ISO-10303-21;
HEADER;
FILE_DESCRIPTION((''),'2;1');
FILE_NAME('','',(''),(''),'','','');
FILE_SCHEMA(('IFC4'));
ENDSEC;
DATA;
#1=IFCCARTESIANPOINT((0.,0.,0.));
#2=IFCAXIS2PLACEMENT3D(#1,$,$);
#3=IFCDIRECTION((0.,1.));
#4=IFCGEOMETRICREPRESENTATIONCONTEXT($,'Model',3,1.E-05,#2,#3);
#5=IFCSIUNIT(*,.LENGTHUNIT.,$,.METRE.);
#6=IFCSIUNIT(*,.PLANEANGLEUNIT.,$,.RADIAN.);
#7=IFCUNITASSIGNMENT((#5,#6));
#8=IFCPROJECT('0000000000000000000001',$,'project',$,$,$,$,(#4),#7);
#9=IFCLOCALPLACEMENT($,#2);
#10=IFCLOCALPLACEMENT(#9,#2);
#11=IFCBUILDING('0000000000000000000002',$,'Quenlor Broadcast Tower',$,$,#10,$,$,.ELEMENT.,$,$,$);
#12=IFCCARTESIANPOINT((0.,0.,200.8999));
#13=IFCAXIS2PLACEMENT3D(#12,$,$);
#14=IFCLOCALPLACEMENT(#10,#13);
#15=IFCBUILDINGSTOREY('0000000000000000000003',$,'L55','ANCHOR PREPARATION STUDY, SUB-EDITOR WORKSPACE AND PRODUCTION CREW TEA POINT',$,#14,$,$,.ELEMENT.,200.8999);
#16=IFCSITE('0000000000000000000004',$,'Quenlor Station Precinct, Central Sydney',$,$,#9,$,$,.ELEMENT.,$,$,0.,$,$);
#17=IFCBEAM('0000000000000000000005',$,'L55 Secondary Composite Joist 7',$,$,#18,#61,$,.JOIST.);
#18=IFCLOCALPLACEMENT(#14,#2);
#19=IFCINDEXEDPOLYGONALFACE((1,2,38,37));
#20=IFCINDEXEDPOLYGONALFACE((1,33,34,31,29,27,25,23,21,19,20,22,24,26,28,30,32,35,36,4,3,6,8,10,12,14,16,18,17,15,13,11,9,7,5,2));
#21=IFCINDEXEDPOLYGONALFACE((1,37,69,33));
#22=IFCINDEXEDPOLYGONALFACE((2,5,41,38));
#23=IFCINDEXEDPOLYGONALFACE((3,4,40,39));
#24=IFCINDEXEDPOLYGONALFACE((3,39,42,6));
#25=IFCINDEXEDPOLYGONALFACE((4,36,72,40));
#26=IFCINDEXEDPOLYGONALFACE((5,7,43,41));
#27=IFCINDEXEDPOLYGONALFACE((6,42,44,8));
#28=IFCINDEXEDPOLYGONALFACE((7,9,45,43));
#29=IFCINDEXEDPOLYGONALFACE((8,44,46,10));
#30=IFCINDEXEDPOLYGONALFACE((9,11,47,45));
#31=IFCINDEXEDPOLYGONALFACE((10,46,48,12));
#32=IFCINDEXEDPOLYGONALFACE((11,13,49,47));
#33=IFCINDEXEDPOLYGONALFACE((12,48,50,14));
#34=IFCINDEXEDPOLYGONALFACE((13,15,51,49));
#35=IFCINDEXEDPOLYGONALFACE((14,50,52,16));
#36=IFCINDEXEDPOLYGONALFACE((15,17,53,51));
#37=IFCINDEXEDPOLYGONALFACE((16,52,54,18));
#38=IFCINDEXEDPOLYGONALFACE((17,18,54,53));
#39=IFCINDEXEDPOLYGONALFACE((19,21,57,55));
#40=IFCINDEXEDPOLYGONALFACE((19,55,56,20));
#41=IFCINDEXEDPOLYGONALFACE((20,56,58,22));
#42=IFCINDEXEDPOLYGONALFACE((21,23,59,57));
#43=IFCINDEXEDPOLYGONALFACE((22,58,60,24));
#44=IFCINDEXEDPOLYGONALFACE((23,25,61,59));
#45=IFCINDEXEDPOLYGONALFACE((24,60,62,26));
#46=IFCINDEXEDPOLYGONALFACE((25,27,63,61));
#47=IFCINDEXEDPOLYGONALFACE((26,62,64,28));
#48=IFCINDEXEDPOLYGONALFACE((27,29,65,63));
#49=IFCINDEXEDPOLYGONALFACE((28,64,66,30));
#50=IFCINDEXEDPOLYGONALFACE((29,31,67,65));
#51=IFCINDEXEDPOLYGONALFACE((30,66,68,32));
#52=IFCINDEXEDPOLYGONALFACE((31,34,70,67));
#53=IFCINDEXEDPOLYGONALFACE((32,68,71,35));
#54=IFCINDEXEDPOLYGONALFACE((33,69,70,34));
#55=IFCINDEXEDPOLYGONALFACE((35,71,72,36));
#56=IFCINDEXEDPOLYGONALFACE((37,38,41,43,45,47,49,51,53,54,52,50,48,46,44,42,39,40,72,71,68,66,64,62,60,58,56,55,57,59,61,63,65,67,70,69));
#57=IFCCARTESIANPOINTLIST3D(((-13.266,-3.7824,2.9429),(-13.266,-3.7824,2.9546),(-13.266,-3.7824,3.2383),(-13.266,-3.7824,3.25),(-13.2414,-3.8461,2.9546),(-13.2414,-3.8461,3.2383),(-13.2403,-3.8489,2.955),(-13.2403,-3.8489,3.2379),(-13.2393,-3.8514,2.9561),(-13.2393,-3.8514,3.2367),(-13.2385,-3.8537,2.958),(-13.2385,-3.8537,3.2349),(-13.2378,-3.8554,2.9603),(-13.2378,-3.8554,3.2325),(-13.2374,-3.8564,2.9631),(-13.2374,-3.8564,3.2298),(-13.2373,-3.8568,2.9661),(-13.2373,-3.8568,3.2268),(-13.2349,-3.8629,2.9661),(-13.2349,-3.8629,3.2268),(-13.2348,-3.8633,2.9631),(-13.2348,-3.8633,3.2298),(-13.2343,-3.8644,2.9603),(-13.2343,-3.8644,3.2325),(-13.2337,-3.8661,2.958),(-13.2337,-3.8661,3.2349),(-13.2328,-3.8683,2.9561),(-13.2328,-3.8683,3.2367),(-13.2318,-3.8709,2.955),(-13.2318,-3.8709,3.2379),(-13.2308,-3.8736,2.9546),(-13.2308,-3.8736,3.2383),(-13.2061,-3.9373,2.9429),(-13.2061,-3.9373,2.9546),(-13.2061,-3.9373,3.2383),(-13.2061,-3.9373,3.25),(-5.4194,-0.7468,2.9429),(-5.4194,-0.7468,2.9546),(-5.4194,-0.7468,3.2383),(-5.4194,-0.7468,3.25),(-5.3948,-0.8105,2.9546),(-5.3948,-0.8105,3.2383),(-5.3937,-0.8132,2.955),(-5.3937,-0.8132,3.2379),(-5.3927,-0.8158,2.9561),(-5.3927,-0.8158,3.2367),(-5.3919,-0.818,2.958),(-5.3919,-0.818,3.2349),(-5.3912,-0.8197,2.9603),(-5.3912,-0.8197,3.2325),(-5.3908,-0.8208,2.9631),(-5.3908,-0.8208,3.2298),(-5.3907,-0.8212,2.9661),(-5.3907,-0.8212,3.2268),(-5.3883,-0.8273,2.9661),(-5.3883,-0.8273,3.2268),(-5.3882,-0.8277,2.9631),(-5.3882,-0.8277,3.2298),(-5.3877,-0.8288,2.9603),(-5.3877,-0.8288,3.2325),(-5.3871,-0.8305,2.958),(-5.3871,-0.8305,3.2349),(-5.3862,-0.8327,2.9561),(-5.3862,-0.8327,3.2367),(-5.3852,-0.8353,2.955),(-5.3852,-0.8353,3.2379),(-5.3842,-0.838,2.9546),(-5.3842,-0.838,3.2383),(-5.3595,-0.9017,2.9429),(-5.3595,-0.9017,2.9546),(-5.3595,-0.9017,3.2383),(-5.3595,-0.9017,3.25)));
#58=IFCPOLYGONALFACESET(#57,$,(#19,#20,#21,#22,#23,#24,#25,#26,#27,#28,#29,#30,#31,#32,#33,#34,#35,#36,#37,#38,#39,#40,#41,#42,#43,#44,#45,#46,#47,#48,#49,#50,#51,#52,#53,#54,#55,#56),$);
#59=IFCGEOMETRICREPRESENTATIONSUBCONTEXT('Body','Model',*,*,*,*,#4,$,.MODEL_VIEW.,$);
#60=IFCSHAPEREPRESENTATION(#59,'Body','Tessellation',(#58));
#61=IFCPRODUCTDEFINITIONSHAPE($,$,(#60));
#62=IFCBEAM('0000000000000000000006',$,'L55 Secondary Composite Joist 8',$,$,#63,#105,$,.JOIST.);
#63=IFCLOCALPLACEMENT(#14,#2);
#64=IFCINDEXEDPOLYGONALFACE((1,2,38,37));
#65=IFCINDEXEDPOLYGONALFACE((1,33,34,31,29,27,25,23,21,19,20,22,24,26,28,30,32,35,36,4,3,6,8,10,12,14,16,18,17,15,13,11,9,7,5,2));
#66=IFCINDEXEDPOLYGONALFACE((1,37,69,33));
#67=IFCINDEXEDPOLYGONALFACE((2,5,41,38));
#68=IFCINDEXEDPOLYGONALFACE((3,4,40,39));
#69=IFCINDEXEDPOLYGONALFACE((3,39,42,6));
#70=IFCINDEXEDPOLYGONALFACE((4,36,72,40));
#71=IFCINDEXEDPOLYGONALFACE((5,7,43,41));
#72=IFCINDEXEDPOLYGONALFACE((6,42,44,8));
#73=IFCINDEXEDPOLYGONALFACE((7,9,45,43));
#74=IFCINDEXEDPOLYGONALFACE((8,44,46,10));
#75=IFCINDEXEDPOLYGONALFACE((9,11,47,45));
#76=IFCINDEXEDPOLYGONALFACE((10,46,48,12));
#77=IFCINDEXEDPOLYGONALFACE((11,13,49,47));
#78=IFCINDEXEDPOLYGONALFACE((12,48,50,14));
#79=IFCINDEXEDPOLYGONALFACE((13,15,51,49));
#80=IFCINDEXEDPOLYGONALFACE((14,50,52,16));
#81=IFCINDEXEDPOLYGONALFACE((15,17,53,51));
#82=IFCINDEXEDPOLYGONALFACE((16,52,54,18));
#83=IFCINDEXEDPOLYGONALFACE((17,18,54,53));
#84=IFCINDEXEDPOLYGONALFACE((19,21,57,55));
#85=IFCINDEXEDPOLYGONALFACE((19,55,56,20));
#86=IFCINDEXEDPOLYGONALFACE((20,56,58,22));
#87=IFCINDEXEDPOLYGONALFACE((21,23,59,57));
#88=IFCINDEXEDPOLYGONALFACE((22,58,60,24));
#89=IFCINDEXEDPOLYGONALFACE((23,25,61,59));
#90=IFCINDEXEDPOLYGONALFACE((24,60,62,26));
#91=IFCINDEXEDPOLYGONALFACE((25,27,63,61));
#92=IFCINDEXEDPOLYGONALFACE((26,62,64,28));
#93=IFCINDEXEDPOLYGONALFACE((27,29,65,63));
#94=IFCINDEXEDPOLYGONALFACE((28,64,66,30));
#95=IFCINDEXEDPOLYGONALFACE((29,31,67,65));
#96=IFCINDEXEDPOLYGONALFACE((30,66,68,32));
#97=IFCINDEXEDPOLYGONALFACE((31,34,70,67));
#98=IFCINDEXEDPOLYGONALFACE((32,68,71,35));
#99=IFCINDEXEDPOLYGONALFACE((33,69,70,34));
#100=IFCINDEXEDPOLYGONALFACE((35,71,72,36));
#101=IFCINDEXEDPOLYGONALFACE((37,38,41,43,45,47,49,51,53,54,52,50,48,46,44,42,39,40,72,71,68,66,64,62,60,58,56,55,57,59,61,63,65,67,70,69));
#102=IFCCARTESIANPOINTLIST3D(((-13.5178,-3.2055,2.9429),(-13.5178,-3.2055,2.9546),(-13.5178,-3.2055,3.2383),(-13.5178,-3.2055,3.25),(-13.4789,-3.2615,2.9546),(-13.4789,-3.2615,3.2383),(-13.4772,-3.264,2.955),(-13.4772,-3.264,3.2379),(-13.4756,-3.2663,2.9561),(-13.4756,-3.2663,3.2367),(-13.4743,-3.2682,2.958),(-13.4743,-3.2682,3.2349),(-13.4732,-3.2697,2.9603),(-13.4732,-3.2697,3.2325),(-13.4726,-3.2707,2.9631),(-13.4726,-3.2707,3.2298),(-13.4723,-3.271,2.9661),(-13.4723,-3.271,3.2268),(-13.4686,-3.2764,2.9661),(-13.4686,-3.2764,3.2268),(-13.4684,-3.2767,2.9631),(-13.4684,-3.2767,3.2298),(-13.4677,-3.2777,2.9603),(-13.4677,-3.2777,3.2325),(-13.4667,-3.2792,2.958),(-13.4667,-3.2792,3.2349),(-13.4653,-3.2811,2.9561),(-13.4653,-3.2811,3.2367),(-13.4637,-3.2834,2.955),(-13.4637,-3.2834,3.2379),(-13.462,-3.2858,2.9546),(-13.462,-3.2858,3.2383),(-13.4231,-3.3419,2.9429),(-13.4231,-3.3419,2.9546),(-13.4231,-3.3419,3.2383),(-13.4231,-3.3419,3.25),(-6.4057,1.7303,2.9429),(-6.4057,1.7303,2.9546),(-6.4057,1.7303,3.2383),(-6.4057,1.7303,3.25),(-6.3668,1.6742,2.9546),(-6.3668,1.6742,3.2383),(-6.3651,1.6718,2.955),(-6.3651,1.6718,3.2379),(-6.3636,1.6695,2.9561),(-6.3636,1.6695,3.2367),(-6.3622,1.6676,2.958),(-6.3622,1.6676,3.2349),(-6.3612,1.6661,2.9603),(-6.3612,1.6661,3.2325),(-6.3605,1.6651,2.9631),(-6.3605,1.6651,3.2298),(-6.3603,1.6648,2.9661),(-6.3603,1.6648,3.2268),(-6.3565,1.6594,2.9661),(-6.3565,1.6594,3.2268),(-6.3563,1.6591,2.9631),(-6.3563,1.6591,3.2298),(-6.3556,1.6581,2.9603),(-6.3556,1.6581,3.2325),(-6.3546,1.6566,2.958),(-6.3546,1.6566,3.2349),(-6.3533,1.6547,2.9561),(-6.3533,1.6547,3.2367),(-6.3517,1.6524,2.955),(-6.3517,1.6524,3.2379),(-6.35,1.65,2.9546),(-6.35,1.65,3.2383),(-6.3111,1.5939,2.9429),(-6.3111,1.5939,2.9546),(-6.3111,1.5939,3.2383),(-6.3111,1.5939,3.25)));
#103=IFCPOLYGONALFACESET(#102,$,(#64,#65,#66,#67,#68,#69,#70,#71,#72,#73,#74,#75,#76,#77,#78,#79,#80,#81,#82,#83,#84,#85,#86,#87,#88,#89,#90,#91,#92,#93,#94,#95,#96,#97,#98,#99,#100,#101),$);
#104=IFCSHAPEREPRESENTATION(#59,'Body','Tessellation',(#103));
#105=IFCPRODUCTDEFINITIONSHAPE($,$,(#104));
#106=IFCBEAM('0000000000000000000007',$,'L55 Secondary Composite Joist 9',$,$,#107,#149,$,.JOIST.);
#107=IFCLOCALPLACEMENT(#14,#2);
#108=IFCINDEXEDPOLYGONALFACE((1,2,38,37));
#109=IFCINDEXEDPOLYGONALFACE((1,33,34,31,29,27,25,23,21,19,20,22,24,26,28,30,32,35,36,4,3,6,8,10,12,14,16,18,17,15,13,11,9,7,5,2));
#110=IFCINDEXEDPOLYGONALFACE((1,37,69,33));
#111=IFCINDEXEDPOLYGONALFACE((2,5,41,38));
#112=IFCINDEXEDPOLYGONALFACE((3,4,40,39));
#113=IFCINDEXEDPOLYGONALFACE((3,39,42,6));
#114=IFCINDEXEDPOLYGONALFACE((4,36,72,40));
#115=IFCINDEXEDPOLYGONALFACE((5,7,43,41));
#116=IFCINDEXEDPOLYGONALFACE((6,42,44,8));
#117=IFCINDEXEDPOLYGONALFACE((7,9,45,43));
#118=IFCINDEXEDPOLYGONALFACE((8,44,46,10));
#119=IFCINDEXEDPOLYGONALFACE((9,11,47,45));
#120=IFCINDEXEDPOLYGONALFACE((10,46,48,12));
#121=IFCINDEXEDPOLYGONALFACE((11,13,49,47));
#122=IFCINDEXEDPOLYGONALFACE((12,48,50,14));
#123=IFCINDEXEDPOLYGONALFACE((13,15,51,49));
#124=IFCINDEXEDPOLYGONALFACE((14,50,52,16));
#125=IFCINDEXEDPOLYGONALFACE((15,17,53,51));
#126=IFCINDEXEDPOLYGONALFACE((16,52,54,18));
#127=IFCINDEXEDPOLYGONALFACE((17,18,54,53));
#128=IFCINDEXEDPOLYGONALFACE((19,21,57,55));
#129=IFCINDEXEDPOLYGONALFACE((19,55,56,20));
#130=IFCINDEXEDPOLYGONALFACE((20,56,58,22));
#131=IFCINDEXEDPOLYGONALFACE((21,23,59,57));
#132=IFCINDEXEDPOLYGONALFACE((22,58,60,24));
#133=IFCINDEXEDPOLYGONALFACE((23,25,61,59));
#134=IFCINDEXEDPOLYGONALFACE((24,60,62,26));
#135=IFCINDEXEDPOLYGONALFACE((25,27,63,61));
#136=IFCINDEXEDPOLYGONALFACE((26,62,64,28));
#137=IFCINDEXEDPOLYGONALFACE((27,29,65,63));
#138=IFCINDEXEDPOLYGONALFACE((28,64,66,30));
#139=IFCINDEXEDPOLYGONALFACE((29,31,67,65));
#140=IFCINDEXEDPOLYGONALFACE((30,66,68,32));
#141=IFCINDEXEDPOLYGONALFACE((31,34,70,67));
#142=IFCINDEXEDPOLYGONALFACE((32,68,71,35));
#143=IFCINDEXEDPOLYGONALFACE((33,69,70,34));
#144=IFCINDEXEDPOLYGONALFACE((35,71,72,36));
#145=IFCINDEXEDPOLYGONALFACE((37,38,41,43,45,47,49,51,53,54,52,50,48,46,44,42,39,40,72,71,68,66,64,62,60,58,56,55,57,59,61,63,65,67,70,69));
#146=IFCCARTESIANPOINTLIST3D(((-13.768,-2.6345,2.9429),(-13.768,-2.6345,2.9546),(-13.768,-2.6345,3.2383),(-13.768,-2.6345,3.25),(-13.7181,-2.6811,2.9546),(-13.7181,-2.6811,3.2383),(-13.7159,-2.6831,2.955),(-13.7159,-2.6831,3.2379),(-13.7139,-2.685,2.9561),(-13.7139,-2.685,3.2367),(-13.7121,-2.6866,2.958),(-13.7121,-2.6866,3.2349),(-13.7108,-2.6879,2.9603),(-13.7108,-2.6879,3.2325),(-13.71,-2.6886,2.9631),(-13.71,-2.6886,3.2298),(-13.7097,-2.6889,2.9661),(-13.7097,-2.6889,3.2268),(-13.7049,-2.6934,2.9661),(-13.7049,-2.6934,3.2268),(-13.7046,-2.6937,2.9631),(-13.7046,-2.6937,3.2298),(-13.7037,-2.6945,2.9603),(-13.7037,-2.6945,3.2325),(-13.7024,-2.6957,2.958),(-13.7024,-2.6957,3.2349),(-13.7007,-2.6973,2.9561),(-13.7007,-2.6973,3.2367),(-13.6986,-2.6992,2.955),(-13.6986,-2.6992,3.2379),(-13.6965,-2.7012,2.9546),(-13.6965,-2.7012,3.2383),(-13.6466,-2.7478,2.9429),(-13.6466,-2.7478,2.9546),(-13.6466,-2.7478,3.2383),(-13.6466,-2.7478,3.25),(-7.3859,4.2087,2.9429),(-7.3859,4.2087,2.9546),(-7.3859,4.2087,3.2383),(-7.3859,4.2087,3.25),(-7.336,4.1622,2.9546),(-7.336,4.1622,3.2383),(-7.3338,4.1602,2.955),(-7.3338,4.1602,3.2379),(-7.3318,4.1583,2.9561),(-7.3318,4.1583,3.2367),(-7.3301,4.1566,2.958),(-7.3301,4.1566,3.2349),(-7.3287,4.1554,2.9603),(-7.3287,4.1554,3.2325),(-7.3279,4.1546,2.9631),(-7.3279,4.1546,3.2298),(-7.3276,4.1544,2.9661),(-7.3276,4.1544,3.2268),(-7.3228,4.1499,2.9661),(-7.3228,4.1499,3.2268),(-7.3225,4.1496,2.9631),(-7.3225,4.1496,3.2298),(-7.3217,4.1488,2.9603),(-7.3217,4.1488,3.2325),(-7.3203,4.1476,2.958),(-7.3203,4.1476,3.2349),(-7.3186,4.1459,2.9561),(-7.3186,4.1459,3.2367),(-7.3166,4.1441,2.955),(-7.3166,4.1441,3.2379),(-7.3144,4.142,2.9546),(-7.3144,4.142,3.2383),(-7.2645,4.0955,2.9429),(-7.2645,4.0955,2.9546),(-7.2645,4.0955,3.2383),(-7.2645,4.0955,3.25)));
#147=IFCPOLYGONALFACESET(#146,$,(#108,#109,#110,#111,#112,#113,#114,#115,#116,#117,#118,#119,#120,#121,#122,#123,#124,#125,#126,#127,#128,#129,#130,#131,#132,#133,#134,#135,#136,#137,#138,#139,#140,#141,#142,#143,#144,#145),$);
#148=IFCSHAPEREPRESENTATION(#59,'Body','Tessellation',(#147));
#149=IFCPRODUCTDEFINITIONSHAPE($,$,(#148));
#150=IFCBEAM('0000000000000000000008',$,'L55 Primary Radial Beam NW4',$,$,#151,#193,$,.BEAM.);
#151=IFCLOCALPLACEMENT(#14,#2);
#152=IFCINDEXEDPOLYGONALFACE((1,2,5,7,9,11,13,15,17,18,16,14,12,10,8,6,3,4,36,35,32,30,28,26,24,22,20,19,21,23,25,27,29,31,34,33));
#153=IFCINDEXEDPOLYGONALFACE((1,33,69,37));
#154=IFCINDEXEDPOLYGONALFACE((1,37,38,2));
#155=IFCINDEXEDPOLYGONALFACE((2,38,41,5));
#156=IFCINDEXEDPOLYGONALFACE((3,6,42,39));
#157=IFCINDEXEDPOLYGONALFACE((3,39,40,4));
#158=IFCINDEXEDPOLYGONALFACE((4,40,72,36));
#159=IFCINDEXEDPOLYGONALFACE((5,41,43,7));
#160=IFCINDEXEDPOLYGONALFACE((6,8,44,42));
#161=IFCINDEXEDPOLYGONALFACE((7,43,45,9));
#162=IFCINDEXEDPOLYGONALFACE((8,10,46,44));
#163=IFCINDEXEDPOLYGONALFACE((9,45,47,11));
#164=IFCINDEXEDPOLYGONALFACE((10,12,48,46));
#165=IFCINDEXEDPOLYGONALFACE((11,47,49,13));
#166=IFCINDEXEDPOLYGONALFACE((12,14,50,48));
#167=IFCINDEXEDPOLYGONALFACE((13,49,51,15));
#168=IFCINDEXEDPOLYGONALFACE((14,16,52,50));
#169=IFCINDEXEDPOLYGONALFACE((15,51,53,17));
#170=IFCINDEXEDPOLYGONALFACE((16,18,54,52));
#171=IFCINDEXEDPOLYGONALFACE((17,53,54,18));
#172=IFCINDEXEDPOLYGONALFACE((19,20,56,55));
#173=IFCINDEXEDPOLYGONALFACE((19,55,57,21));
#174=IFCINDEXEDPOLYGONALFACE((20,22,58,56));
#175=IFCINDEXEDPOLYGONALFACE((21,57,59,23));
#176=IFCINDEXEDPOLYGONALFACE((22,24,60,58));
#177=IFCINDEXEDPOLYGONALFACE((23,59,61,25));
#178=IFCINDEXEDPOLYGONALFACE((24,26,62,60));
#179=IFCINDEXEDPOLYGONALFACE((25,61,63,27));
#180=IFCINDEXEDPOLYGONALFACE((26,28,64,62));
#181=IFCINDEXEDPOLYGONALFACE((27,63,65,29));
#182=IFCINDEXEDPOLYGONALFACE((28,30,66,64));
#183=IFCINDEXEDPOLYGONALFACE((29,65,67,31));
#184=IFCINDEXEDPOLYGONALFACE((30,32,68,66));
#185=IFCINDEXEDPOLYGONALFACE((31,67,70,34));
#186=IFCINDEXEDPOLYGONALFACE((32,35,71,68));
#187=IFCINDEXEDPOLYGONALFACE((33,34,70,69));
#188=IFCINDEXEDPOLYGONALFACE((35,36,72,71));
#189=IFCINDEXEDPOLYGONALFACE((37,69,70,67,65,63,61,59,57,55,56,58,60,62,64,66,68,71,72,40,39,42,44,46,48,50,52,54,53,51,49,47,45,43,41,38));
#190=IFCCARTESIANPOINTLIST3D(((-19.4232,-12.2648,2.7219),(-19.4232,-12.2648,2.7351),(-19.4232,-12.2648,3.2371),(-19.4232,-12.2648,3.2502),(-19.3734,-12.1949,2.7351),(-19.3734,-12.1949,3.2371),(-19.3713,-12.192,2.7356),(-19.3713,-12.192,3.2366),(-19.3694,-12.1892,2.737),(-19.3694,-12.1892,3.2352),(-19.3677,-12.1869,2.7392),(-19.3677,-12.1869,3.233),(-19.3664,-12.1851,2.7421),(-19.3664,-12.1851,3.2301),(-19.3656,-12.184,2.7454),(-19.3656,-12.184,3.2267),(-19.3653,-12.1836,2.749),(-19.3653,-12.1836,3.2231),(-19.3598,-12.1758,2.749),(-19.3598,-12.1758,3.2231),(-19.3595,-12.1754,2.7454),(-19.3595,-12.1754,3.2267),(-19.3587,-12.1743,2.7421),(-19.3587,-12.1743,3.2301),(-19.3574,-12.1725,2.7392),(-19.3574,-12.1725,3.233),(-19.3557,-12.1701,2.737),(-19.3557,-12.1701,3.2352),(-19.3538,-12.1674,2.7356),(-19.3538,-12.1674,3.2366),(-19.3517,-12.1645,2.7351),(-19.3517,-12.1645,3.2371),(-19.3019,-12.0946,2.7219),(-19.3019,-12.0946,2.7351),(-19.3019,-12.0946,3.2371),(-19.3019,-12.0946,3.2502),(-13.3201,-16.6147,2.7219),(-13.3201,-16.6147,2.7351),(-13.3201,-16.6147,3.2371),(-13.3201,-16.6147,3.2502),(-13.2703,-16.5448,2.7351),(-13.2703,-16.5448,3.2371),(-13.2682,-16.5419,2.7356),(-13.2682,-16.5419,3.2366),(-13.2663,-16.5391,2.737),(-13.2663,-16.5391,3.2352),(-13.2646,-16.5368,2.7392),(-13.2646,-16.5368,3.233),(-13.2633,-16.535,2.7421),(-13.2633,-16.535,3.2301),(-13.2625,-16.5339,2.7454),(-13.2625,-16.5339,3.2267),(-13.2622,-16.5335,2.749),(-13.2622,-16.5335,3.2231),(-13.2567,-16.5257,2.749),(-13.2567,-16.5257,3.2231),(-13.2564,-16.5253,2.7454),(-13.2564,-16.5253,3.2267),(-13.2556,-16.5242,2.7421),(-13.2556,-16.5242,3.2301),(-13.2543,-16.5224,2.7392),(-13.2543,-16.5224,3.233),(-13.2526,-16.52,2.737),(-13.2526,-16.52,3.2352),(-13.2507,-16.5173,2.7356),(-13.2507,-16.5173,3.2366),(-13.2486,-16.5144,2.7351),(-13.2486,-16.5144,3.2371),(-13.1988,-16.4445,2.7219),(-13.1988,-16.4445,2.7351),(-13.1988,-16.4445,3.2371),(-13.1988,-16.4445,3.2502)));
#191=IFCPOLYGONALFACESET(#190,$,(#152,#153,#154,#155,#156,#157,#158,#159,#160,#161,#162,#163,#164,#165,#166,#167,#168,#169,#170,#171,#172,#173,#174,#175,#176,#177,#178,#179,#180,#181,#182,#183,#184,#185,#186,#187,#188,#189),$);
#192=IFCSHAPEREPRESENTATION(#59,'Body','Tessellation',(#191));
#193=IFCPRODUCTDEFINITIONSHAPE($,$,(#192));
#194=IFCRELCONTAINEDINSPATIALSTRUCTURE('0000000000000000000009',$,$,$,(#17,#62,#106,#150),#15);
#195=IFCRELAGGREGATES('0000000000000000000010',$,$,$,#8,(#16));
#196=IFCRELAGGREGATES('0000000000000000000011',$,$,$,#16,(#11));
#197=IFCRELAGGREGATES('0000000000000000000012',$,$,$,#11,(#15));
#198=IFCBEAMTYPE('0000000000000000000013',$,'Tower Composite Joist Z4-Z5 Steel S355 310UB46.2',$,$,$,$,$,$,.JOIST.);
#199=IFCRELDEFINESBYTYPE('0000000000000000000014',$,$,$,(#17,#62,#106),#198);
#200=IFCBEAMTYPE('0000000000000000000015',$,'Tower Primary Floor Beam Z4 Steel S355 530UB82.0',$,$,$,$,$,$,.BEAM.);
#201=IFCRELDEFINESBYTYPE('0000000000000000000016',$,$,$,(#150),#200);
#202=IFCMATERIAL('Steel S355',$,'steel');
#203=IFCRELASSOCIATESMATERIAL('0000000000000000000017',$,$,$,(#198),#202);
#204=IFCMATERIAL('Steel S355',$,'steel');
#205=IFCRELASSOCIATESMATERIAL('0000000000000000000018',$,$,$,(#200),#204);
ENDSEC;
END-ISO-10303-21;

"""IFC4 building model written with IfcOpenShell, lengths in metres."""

from ifc_helpers import new_model, si_unit, direction, frame, origin, origin_2d, place, context, subcontext, project, spatial, i_section, extrude, material, material_profile, profile_set, type_object, element, save


model = new_model("IFC4")

# Units and contexts
model_context = context("Model", 3, precision=1e-05, world=origin(), true_north=direction((0.0, 1.0)))
body_context = subcontext(model_context, "Body", "Model", "MODEL_VIEW")
ifc_project = project(units=[si_unit("LENGTHUNIT", "METRE"), si_unit("PLANEANGLEUNIT", "RADIAN")], contexts=[model_context])

# Site, building, storey
site_placement = place(None, origin())
site = spatial("IfcSite", under=ifc_project, at=site_placement, Name="Quenlor Station Precinct, Central Sydney", CompositionType="ELEMENT", RefElevation=0.0)
building_placement = place(site_placement, origin())
building = spatial("IfcBuilding", under=site, at=building_placement, Name="Quenlor Broadcast Tower", CompositionType="ELEMENT")
storey_placement = place(building_placement, frame((0.0, 0.0, 200.8999)))
storey = spatial("IfcBuildingStorey", under=building, at=storey_placement, Name="L55", Description="ANCHOR PREPARATION STUDY, SUB-EDITOR WORKSPACE AND PRODUCTION CREW TEA POINT", CompositionType="ELEMENT", Elevation=200.8999)

# Beams
ifc_material_1 = material(Name="Steel S355", Category="steel")
ifc_material_profile_1 = material_profile(ifc_material_1, i_section(OverallWidth=0.166, OverallDepth=0.3071, WebThickness=0.0066, FlangeThickness=0.0117, FilletRadius=0.0115, at=origin_2d()))
ifc_profile_set_1 = profile_set([ifc_material_profile_1], Name="Steel S355 310UB46.2")
beam_type_1 = type_object("IfcBeamType", Name="Tower Composite Joist Z4-Z5 Steel S355 310UB46.2", PredefinedType="JOIST", material=ifc_profile_set_1)
beam_1_placement = place(storey_placement, frame((-13.2361, -3.8599, 3.0964), z_axis=(0.932639, 0.36081, 0.0), x_axis=(-0.36081, 0.932639, 0.0)))
element("IfcBeam", 1, at=beam_1_placement, inside=storey, type_object=beam_type_1, Name="L55 Secondary Composite Joist 7", PredefinedType="JOIST", context=body_context, shape_type="SweptSolid", body=[
    extrude(i_section(OverallWidth=0.166, OverallDepth=0.3071, WebThickness=0.0066, FlangeThickness=0.0117, FilletRadius=0.0115, at=origin_2d()), origin(), (0.0, 0.0, 1.0), 8.4133),
])
beam_2_placement = place(storey_placement, frame((-13.4705, -3.2737, 3.0964), z_axis=(0.82154, 0.570151, 0.0), x_axis=(-0.570151, 0.82154, 0.0)))
element("IfcBeam", 2, at=beam_2_placement, inside=storey, type_object=beam_type_1, Name="L55 Secondary Composite Joist 8", PredefinedType="JOIST", context=body_context, shape_type="SweptSolid", body=[
    extrude(i_section(OverallWidth=0.166, OverallDepth=0.3071, WebThickness=0.0066, FlangeThickness=0.0117, FilletRadius=0.0115, at=origin_2d()), origin(), (0.0, 0.0, 1.0), 8.657),
])
beam_3_placement = place(storey_placement, frame((-13.7073, -2.6912, 3.0964), z_axis=(0.682035, 0.73132, 0.0), x_axis=(-0.73132, 0.682035, 0.0)))
element("IfcBeam", 3, at=beam_3_placement, inside=storey, type_object=beam_type_1, Name="L55 Secondary Composite Joist 9", PredefinedType="JOIST", context=body_context, shape_type="SweptSolid", body=[
    extrude(i_section(OverallWidth=0.166, OverallDepth=0.3071, WebThickness=0.0066, FlangeThickness=0.0117, FilletRadius=0.0115, at=origin_2d()), origin(), (0.0, 0.0, 1.0), 9.3574),
])
ifc_material_2 = material(Name="Steel S355", Category="steel")
ifc_material_profile_2 = material_profile(ifc_material_2, i_section(OverallWidth=0.209, OverallDepth=0.5283, WebThickness=0.0095, FlangeThickness=0.0132, FilletRadius=0.0139, at=origin_2d()))
ifc_profile_set_2 = profile_set([ifc_material_profile_2], Name="Steel S355 530UB82.0")
beam_type_2 = type_object("IfcBeamType", Name="Tower Primary Floor Beam Z4 Steel S355 530UB82.0", PredefinedType="BEAM", material=ifc_profile_set_2)
beam_4_placement = place(storey_placement, frame((-19.3625, -12.1797, 2.9861), z_axis=(0.81433, -0.580403, 0.0), x_axis=(0.580403, 0.81433, 0.0)))
element("IfcBeam", 4, at=beam_4_placement, inside=storey, type_object=beam_type_2, Name="L55 Primary Radial Beam NW4", PredefinedType="BEAM", context=body_context, shape_type="SweptSolid", body=[
    extrude(i_section(OverallWidth=0.209, OverallDepth=0.5283, WebThickness=0.0095, FlangeThickness=0.0132, FilletRadius=0.0139, at=origin_2d()), origin(), (0.0, 0.0, 1.0), 7.4946),
])

save(model, "model.ifc")
